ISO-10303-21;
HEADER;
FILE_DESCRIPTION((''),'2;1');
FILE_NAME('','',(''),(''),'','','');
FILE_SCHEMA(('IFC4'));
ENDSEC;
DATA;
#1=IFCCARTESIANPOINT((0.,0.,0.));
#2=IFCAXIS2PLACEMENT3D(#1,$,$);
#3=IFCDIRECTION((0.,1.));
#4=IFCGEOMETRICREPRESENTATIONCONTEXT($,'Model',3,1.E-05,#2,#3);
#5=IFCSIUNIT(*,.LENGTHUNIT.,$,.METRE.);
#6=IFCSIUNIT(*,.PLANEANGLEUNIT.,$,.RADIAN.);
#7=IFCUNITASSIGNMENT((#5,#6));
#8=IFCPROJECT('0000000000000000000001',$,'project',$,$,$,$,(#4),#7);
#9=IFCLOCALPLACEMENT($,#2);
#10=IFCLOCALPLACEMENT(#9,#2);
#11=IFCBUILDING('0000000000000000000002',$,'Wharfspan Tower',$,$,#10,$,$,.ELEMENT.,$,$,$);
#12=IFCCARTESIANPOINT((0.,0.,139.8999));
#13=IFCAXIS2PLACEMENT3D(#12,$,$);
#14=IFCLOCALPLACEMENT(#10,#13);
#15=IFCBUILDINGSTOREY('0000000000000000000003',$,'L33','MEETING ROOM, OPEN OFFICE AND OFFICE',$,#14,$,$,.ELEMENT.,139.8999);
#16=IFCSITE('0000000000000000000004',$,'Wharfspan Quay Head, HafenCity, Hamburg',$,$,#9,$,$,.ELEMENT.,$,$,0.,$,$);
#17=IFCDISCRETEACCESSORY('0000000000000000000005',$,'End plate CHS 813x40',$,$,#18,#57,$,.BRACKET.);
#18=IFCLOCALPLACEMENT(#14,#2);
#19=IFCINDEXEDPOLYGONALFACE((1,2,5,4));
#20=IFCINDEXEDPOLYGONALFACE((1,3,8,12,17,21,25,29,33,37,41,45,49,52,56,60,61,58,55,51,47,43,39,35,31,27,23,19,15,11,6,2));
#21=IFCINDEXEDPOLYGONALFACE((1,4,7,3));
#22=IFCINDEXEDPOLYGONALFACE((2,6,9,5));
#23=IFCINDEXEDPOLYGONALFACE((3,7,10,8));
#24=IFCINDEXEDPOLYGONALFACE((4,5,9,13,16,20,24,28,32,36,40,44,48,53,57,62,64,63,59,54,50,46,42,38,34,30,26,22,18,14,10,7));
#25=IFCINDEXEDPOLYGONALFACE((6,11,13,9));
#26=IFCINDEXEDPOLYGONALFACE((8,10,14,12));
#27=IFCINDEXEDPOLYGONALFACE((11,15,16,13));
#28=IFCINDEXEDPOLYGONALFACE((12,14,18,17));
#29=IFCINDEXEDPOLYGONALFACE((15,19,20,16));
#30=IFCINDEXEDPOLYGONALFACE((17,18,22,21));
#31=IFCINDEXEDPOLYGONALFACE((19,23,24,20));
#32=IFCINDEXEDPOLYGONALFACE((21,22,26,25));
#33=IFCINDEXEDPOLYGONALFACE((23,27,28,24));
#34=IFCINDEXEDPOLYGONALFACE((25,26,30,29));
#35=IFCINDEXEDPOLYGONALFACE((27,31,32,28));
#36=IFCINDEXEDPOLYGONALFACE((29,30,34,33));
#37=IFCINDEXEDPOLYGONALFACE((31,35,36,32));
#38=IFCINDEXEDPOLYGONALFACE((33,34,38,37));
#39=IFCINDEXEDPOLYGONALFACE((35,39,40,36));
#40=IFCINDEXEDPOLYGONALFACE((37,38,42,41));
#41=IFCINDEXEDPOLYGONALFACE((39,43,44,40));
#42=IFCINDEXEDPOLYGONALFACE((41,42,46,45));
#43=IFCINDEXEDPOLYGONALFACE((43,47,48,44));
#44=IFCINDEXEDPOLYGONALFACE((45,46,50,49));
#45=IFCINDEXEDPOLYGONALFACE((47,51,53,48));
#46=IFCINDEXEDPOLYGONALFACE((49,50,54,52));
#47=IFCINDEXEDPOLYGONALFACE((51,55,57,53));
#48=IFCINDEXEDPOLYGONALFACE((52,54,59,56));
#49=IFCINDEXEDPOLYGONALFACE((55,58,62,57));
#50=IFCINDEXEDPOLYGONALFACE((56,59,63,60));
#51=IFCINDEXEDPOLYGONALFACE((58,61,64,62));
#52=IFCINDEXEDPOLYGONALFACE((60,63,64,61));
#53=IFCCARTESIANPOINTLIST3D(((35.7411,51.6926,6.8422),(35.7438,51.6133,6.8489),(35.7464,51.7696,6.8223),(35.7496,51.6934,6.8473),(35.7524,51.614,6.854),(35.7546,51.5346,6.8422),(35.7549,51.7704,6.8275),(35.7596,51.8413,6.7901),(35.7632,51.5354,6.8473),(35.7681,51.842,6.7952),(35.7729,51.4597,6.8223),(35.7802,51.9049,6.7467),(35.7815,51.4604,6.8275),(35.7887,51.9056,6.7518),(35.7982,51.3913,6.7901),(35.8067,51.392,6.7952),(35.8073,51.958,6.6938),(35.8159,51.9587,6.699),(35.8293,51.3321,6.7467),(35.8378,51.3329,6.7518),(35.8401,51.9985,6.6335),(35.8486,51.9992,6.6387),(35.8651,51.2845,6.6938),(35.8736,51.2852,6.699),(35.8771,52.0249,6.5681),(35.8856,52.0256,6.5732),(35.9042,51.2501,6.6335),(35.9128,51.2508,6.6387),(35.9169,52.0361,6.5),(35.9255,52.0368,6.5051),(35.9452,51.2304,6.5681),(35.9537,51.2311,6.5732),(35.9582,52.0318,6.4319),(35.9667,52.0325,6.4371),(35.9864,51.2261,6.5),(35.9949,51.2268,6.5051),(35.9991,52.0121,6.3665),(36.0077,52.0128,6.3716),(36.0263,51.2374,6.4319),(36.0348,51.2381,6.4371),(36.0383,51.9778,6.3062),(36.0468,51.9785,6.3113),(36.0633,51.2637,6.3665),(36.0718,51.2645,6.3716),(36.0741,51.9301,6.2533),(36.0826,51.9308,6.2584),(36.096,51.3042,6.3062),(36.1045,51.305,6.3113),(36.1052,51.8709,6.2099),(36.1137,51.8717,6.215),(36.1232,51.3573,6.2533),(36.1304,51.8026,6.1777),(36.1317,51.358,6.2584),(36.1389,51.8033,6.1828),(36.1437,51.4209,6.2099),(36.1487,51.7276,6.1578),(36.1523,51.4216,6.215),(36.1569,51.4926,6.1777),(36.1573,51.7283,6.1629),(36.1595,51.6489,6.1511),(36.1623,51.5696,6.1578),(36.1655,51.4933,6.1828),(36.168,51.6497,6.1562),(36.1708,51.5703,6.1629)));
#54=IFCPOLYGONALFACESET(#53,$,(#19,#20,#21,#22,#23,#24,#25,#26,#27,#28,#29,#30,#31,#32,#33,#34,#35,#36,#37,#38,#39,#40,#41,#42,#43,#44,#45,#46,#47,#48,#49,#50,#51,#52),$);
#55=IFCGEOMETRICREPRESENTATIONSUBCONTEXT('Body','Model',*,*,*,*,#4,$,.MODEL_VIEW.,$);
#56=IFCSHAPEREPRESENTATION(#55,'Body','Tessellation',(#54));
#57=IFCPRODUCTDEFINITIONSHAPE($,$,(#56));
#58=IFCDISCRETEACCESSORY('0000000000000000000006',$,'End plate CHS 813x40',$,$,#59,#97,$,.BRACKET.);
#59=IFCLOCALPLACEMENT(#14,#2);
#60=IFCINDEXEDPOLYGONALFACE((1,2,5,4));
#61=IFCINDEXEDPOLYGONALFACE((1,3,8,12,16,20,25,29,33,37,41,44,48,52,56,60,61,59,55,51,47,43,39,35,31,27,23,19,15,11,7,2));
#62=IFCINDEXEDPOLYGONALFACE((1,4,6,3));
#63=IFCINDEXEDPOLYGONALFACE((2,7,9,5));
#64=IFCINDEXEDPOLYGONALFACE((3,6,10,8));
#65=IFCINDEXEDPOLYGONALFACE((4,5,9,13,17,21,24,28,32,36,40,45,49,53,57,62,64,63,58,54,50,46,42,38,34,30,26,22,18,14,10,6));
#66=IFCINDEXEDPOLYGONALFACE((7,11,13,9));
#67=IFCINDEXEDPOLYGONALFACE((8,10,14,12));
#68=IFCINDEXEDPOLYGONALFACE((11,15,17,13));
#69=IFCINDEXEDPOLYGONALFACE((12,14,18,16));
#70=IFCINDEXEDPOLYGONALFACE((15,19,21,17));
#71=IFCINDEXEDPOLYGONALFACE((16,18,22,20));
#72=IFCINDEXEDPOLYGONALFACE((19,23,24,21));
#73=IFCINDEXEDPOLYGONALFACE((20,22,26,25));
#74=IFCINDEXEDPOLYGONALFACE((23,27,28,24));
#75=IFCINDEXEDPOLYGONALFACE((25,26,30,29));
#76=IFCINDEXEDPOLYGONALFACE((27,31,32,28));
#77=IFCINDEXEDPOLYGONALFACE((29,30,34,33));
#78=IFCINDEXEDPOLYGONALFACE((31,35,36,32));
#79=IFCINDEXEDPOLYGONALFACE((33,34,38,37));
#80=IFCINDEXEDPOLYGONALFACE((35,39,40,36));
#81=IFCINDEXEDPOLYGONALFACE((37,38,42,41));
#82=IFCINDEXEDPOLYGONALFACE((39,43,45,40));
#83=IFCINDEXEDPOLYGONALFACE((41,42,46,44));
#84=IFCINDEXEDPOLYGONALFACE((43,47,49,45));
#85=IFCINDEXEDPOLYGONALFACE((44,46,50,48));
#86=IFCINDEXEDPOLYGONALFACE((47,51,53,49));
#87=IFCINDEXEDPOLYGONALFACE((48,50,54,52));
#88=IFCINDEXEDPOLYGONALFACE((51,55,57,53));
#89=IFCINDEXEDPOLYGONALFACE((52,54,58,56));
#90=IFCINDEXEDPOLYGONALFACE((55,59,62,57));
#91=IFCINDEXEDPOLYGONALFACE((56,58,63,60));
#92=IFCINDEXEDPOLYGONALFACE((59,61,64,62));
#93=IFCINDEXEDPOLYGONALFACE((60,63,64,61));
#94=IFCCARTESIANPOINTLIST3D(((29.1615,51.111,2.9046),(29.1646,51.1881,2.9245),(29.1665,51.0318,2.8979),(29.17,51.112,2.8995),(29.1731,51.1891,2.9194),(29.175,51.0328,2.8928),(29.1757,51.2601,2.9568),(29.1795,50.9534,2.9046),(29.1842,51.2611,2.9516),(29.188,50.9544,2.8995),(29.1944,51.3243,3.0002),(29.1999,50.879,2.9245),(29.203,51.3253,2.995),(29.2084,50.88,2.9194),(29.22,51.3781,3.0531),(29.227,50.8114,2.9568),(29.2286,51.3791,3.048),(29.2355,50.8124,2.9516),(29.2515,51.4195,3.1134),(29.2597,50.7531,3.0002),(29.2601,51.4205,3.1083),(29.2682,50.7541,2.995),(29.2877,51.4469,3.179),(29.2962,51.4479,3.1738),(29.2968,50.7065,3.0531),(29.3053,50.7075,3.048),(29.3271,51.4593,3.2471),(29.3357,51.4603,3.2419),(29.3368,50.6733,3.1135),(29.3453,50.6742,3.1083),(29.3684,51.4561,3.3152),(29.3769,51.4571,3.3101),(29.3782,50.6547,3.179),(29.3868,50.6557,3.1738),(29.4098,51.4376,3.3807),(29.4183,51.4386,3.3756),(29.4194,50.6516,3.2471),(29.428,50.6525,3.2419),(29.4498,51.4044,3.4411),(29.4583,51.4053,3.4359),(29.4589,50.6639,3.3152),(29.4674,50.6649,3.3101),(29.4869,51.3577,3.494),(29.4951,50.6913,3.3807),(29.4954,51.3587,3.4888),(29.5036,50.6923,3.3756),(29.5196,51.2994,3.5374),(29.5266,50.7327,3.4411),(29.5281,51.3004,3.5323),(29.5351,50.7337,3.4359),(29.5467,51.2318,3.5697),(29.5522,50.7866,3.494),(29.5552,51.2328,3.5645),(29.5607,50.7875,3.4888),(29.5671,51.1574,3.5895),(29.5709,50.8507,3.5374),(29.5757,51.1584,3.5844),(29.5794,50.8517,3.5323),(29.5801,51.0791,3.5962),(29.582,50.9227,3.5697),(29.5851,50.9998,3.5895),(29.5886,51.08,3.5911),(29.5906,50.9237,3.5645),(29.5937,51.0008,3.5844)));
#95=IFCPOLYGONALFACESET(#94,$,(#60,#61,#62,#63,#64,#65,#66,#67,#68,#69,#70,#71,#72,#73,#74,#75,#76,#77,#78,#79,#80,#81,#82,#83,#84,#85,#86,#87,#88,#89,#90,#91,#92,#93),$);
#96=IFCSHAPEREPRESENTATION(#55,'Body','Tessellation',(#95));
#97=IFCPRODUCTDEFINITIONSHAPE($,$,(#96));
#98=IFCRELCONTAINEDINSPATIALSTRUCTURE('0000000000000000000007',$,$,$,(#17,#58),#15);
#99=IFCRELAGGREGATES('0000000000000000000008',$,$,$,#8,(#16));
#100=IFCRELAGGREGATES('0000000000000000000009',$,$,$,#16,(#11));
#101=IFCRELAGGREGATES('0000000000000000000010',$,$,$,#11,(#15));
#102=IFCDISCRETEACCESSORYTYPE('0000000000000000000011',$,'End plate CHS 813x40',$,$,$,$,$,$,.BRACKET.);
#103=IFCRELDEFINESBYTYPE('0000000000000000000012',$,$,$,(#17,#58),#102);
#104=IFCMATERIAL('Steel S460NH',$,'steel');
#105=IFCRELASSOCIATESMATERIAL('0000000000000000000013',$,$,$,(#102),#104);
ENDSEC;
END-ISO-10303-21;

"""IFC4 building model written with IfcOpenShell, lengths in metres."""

from ifc_helpers import new_model, si_unit, direction, frame, origin, origin_2d, place, context, subcontext, project, spatial, circle, extrude, material, material_profile, profile_set, type_object, element, save


model = new_model("IFC4")

# Units and contexts
model_context = context("Model", 3, precision=1e-05, world=origin(), true_north=direction((0.0, 1.0)))
body_context = subcontext(model_context, "Body", "Model", "MODEL_VIEW")
ifc_project = project(units=[si_unit("LENGTHUNIT", "METRE"), si_unit("PLANEANGLEUNIT", "RADIAN")], contexts=[model_context])

# Site, building, storey
site_placement = place(None, origin())
site = spatial("IfcSite", under=ifc_project, at=site_placement, Name="Wharfspan Quay Head, HafenCity, Hamburg", CompositionType="ELEMENT", RefElevation=0.0)
building_placement = place(site_placement, origin())
building = spatial("IfcBuilding", under=site, at=building_placement, Name="Wharfspan Tower", CompositionType="ELEMENT")
storey_placement = place(building_placement, frame((0.0, 0.0, 139.8999)))
storey = spatial("IfcBuildingStorey", under=building, at=storey_placement, Name="L33", Description="MEETING ROOM, OPEN OFFICE AND OFFICE", CompositionType="ELEMENT", Elevation=139.8999)

# Shared definitions
ifc_material_1 = material(Name="Steel S460NH", Category="steel")

# Discrete accessories
ifc_material_profile_1 = material_profile(ifc_material_1, circle(Radius=0.4065, at=origin_2d()))
ifc_profile_set_1 = profile_set([ifc_material_profile_1], Name="Steel S460NH")
discrete_accessory_type = type_object("IfcDiscreteAccessoryType", Name="End plate CHS 813x40", PredefinedType="BRACKET", material=ifc_profile_set_1)
for number, where, z_axis, x_axis, name in (
    (1, (35.9517, 51.6311, 6.5), (0.855186, 0.073302, 0.513112), (-0.085402, 0.996345, 0.000001), "End plate CHS 813x40"),
    (2, (29.3818, 51.0564, 3.2419), (-0.853405, -0.097532, 0.512043), (0.113547, -0.993531, 0.000001), "End plate CHS 813x40"),
):
    element("IfcDiscreteAccessory", number, at=place(storey_placement, frame(where, z_axis=z_axis, x_axis=x_axis)), inside=storey, type_object=discrete_accessory_type, Name=name, PredefinedType="BRACKET", context=body_context, shape_type="SweptSolid", body=[
        extrude(circle(Radius=0.4065, at=origin_2d()), origin(), (0.0, 0.0, 1.0), 0.01),
    ])

save(model, "model.ifc")
